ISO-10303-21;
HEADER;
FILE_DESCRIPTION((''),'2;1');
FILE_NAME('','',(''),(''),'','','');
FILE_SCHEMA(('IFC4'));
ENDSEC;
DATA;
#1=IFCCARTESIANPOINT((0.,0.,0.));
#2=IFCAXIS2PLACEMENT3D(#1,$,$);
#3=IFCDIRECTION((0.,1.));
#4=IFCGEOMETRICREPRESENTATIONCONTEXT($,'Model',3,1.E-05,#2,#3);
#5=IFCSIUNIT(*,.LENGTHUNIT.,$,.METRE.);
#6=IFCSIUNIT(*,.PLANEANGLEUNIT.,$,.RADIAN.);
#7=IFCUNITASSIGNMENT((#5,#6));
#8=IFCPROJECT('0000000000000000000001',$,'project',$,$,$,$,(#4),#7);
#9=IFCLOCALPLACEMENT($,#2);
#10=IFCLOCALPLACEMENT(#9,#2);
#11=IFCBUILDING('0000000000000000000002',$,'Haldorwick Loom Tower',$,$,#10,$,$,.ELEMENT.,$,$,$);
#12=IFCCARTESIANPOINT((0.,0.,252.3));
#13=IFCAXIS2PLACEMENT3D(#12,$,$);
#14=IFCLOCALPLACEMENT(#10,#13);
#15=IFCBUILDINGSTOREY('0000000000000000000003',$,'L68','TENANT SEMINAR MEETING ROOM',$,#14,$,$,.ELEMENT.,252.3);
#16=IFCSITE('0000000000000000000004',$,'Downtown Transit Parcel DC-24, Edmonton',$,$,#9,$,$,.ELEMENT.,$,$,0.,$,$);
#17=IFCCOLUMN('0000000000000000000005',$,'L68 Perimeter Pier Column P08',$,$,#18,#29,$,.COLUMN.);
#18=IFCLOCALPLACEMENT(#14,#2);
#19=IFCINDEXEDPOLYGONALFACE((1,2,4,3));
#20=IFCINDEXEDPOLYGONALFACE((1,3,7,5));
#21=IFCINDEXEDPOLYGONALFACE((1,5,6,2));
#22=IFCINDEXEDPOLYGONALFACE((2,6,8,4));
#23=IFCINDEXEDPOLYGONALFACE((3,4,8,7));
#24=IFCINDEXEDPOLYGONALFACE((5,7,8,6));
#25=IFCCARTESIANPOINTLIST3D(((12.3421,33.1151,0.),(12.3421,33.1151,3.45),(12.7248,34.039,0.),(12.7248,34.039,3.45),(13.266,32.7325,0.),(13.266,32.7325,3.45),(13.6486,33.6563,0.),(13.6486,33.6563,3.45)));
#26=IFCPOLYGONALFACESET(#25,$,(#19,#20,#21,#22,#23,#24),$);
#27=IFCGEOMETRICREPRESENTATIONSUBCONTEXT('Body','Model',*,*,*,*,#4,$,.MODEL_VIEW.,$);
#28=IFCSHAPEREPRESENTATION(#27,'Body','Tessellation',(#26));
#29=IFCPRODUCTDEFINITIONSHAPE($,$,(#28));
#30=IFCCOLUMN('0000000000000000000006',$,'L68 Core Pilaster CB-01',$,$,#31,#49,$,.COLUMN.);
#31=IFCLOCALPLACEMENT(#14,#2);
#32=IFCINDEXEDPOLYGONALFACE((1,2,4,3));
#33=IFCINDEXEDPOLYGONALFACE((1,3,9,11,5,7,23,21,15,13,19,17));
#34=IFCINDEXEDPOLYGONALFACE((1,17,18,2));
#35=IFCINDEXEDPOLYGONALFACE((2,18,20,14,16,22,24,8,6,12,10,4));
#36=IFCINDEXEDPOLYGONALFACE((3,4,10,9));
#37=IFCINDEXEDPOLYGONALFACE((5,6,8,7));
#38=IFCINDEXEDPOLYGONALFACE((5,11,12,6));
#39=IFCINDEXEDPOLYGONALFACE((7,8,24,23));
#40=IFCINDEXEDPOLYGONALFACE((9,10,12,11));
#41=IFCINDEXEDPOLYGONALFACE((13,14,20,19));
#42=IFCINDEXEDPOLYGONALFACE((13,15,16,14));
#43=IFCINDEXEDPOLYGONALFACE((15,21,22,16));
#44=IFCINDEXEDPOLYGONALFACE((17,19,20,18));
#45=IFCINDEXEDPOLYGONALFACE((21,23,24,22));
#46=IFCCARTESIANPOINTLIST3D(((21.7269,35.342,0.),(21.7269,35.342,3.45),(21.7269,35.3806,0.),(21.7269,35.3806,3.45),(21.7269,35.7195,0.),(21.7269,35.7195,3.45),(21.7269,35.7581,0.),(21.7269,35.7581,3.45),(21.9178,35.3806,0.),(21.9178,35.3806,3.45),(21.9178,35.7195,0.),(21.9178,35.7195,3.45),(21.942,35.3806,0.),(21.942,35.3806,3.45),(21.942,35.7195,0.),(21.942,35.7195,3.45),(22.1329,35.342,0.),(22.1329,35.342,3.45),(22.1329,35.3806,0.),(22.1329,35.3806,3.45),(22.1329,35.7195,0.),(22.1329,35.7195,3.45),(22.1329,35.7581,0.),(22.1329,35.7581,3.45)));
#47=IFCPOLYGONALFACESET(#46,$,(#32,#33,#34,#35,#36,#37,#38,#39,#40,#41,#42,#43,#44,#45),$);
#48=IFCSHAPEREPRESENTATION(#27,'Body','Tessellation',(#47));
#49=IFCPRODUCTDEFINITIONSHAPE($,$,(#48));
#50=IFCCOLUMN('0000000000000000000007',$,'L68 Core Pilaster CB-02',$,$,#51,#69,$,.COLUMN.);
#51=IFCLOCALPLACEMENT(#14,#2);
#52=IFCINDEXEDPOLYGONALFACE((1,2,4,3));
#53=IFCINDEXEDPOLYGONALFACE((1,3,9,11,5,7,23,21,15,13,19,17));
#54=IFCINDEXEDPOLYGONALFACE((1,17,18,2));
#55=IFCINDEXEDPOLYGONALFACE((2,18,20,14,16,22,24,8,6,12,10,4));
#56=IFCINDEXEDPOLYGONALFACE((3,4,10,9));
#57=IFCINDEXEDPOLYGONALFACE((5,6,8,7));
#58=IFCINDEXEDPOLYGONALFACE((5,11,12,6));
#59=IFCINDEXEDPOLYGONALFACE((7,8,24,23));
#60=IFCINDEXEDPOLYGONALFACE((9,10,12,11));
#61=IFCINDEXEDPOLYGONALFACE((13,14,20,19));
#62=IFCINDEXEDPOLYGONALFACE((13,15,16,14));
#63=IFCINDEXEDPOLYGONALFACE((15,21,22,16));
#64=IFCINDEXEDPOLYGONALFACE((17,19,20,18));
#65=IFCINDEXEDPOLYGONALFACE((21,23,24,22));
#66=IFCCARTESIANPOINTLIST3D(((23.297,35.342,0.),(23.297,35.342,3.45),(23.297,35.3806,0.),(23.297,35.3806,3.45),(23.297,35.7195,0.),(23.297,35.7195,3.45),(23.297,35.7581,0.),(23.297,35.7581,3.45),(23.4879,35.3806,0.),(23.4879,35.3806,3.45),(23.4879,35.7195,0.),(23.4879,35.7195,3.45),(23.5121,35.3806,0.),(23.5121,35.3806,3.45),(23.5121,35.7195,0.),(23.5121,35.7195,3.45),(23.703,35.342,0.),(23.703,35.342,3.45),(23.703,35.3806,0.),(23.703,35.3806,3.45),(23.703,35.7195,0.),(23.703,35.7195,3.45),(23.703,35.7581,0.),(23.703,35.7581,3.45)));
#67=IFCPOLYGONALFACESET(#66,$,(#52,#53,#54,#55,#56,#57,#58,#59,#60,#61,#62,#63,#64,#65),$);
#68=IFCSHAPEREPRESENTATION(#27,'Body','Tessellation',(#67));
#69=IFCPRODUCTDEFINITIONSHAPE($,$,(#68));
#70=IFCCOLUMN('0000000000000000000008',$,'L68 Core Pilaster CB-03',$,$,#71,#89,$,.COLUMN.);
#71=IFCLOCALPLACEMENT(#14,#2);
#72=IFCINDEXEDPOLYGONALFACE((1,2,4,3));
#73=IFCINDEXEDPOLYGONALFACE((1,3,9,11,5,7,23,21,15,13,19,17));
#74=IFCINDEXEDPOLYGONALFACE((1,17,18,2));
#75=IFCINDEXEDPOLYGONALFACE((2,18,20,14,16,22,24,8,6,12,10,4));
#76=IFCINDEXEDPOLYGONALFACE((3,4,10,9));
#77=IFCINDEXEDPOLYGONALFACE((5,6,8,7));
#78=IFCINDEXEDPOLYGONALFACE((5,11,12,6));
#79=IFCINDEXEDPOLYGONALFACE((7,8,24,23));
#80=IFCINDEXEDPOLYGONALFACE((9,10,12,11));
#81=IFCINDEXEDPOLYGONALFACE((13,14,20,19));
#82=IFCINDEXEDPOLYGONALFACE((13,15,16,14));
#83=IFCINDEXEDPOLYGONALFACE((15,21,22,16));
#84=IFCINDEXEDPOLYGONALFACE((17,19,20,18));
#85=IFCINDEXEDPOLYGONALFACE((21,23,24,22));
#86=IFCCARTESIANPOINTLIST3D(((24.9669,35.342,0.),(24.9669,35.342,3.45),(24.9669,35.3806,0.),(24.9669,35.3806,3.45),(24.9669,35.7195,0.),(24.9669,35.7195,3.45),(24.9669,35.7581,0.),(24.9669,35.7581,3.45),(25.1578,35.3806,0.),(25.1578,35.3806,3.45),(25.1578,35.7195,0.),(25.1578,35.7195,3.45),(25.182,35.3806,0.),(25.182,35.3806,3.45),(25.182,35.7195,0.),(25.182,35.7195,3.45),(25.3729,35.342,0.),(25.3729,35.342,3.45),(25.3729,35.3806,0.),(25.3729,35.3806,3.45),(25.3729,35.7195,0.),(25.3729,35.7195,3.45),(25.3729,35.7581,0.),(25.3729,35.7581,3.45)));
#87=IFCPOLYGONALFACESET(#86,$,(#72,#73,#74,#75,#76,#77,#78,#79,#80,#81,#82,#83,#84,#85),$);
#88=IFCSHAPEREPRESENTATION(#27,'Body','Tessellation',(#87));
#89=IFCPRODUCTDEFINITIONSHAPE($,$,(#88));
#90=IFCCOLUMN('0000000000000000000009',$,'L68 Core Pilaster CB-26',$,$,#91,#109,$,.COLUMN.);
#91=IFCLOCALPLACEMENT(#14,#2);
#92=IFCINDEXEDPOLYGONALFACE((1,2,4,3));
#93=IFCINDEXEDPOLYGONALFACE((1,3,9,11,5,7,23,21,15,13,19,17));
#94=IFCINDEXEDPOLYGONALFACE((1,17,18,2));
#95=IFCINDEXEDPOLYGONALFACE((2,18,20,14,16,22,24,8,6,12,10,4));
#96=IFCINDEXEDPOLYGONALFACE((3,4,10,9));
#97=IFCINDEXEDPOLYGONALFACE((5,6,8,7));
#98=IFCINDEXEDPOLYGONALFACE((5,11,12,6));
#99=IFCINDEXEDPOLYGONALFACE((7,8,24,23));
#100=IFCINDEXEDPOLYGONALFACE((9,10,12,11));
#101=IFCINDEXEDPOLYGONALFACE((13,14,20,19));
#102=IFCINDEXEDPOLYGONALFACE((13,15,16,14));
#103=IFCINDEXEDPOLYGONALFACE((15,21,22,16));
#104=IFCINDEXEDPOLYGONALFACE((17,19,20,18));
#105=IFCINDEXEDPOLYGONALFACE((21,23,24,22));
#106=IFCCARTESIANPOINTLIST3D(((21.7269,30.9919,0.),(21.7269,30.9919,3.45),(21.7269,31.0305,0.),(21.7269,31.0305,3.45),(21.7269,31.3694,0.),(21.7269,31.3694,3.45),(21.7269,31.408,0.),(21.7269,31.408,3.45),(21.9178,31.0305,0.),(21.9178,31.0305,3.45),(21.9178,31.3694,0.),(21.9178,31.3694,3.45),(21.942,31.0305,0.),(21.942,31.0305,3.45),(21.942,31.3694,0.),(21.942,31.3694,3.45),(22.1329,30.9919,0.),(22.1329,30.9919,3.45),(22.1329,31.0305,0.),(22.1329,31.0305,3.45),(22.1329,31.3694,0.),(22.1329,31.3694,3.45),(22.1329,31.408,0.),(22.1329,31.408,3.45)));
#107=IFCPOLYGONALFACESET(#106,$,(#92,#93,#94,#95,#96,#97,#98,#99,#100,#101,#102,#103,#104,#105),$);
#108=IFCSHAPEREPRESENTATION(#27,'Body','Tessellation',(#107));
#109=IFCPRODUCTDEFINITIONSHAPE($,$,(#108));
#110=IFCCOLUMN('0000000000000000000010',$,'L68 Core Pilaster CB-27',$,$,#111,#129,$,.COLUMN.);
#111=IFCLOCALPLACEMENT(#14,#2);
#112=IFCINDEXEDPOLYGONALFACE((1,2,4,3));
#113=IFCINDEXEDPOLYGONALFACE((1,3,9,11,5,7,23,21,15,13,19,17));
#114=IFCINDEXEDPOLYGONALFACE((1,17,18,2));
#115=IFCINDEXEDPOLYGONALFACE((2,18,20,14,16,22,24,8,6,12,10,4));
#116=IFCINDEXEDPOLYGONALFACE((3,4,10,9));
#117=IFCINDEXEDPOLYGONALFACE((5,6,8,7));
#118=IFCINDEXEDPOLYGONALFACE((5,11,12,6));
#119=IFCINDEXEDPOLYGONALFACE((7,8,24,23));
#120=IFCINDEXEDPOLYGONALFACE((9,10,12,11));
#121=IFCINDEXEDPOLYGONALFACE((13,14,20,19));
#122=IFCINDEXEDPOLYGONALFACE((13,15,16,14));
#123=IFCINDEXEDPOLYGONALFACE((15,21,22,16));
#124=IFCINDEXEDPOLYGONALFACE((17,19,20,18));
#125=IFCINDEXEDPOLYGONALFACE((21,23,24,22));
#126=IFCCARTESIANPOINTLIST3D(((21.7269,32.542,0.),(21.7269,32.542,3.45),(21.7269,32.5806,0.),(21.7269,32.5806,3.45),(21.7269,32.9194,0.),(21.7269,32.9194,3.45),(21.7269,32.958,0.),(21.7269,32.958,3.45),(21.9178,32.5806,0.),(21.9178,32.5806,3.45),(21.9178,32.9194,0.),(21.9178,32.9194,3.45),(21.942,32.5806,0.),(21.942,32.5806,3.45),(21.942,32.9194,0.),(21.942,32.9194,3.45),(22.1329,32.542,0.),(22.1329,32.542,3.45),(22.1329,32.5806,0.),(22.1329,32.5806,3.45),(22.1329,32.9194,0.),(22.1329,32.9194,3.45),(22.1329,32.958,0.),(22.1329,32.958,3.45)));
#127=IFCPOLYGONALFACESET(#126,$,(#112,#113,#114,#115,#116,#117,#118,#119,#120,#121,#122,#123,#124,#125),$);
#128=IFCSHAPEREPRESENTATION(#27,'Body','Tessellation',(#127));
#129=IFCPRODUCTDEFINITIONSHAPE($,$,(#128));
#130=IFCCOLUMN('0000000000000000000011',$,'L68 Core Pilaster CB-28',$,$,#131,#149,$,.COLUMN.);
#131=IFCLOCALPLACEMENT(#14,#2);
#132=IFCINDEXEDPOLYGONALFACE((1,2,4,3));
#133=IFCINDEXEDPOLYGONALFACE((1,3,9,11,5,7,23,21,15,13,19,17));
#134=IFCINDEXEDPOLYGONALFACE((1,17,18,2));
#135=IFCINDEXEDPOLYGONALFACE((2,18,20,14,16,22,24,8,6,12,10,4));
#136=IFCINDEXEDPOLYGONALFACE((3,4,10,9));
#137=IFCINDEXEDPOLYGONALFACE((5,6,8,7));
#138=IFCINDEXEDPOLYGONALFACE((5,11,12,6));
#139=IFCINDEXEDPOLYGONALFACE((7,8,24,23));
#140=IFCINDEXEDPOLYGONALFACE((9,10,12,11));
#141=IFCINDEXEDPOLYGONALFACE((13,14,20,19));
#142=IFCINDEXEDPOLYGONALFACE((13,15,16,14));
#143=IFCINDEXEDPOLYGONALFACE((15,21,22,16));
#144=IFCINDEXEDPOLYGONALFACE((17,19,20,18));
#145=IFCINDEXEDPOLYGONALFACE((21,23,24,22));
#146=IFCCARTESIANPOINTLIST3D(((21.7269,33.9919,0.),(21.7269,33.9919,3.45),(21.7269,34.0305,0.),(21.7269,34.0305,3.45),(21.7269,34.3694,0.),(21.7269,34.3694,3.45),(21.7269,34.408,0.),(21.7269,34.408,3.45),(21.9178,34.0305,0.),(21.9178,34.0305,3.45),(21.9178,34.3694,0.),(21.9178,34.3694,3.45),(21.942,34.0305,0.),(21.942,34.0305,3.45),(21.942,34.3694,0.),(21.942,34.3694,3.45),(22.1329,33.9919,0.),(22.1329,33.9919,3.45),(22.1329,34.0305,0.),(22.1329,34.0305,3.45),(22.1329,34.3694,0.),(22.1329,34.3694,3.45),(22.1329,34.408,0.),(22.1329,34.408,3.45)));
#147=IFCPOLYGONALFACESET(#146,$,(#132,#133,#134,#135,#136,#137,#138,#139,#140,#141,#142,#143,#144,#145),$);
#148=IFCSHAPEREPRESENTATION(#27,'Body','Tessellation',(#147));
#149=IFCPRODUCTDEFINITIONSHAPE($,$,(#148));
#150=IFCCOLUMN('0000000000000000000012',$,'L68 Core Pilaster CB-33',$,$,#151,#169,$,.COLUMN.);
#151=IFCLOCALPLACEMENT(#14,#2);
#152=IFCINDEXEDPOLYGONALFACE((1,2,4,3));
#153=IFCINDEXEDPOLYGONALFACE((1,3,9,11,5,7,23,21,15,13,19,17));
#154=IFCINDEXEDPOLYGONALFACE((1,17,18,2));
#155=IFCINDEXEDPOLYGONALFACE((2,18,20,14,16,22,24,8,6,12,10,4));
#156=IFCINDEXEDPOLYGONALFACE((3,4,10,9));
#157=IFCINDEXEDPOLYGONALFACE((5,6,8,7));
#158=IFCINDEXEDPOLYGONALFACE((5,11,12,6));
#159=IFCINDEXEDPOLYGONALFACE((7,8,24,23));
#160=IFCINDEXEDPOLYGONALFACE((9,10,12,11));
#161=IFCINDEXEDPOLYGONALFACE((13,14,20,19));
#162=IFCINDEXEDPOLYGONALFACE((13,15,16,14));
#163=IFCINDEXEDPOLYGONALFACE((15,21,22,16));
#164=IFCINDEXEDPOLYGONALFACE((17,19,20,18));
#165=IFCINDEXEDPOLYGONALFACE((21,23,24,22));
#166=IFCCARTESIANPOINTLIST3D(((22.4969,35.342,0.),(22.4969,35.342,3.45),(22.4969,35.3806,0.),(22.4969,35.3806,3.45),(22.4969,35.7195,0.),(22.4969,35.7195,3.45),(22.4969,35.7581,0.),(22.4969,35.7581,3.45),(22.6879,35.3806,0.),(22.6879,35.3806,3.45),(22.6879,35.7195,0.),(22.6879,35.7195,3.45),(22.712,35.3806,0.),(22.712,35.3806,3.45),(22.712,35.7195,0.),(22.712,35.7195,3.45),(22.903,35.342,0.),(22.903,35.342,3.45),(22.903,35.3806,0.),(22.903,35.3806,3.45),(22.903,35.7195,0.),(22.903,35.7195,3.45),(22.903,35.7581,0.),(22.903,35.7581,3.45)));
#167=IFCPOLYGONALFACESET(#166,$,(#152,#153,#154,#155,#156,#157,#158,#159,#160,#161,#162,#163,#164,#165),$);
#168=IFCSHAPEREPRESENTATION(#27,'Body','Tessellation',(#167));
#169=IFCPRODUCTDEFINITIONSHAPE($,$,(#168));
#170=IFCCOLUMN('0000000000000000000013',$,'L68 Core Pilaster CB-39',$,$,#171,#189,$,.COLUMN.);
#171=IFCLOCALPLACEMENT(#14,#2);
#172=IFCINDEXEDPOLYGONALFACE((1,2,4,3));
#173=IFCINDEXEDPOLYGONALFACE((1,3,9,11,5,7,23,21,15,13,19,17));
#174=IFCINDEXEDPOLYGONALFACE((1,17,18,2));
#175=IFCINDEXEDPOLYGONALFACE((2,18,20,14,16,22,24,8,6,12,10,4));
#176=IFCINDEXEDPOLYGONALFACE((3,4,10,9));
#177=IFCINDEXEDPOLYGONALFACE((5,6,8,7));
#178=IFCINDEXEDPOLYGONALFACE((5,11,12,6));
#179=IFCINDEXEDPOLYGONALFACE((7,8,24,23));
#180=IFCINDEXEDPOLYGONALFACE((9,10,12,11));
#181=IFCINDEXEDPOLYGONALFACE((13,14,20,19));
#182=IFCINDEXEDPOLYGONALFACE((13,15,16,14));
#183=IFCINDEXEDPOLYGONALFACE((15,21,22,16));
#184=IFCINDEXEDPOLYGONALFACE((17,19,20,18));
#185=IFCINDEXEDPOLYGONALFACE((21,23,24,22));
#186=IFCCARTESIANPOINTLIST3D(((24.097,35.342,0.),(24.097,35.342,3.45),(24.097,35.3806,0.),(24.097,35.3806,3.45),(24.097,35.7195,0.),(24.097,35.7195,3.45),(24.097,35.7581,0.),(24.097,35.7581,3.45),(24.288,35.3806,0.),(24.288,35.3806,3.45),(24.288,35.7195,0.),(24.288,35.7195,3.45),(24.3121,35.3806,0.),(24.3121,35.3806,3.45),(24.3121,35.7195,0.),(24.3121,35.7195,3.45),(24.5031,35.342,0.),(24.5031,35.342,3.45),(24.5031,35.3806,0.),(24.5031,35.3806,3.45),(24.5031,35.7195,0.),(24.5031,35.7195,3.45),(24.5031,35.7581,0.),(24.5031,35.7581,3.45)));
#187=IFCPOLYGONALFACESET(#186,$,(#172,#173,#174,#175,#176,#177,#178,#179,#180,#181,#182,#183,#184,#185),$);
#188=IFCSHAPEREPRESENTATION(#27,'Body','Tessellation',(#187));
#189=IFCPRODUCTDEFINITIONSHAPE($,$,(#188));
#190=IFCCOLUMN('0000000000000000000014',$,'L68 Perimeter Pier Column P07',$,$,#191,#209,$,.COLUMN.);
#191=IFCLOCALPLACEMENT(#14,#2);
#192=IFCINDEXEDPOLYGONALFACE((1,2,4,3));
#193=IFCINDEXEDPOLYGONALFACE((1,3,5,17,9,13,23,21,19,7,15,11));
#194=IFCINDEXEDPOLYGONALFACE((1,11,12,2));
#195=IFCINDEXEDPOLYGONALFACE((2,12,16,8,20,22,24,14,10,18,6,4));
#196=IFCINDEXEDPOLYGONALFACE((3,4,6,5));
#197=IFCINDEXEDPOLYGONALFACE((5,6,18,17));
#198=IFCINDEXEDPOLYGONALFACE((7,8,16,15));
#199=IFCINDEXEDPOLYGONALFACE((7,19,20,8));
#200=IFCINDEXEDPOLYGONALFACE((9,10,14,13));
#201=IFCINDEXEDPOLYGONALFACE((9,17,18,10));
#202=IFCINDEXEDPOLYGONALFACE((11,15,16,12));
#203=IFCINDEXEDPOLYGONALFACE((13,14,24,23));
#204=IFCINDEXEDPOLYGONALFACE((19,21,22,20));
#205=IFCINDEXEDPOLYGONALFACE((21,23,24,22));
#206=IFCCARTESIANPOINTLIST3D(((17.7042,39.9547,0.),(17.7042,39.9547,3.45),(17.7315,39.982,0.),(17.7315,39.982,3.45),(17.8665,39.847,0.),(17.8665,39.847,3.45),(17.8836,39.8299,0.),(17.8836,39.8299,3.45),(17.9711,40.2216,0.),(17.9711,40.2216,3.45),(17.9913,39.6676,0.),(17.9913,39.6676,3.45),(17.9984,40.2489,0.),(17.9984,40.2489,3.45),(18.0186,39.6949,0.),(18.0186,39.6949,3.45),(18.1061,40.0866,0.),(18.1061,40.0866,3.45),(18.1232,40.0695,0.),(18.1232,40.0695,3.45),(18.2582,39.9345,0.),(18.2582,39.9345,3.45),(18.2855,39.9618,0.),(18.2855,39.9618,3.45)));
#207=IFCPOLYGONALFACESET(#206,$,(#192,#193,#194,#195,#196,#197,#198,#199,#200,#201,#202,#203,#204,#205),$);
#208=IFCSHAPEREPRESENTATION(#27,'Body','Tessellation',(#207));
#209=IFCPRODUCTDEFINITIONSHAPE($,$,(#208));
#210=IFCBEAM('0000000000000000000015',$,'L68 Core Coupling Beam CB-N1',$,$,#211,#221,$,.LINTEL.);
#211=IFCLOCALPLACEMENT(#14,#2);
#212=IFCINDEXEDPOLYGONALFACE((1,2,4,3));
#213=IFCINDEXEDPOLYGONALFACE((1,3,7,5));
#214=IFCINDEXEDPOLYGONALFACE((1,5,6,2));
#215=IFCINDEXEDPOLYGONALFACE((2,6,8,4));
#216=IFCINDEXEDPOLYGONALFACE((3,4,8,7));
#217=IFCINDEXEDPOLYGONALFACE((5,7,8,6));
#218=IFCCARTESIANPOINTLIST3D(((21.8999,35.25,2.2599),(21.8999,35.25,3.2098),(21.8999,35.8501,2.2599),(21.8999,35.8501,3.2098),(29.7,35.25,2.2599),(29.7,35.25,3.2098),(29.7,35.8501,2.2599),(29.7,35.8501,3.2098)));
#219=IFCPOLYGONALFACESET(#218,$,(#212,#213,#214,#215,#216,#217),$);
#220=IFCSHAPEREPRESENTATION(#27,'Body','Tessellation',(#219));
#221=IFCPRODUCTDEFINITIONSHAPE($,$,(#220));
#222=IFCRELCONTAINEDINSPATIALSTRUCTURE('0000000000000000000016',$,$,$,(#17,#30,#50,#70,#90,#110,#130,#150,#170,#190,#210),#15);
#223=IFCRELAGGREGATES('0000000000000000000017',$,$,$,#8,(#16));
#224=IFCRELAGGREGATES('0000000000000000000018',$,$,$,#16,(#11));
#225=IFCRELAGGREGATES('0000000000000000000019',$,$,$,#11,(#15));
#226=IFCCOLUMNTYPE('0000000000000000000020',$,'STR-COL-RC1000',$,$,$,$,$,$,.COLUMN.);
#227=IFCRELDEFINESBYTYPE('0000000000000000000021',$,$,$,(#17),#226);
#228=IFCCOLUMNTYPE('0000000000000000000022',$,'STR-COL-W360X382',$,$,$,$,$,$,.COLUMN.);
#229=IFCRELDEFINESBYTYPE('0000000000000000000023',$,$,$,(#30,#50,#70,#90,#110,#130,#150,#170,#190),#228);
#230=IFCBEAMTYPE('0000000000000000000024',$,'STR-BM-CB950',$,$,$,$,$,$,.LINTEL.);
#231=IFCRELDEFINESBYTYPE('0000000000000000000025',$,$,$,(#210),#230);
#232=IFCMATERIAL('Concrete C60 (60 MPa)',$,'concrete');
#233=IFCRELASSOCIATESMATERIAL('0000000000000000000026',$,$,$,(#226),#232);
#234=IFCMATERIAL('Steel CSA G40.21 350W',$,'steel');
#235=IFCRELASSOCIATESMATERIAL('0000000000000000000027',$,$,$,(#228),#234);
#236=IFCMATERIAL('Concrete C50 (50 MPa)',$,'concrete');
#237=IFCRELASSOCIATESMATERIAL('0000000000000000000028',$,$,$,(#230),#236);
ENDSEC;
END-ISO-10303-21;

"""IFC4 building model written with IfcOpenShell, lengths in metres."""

from ifc_helpers import new_model, si_unit, direction, frame, origin, origin_2d, place, context, subcontext, project, spatial, rectangle, i_section, extrude, material, material_profile, profile_set, type_object, element, save


model = new_model("IFC4")

# Units and contexts
model_context = context("Model", 3, precision=1e-05, world=origin(), true_north=direction((0.0, 1.0)))
body_context = subcontext(model_context, "Body", "Model", "MODEL_VIEW")
ifc_project = project(units=[si_unit("LENGTHUNIT", "METRE"), si_unit("PLANEANGLEUNIT", "RADIAN")], contexts=[model_context])

# Site, building, storey
site_placement = place(None, origin())
site = spatial("IfcSite", under=ifc_project, at=site_placement, Name="Downtown Transit Parcel DC-24, Edmonton", CompositionType="ELEMENT", RefElevation=0.0)
building_placement = place(site_placement, origin())
building = spatial("IfcBuilding", under=site, at=building_placement, Name="Haldorwick Loom Tower", CompositionType="ELEMENT")
storey_placement = place(building_placement, frame((0.0, 0.0, 252.3)))
storey = spatial("IfcBuildingStorey", under=building, at=storey_placement, Name="L68", Description="TENANT SEMINAR MEETING ROOM", CompositionType="ELEMENT", Elevation=252.3)

# Columns
ifc_material_1 = material(Name="Concrete C60 (60 MPa)", Category="concrete")
ifc_material_profile_1 = material_profile(ifc_material_1, rectangle(XDim=1.0, YDim=1.0, at=origin_2d()), Name="RC1000X1000", Category="concrete")
ifc_profile_set_1 = profile_set([ifc_material_profile_1], Name="Concrete C60 (60 MPa)")
column_type_1 = type_object("IfcColumnType", Name="STR-COL-RC1000", PredefinedType="COLUMN", material=ifc_profile_set_1)
column_placement = place(storey_placement, frame((12.9954, 33.3857, 0.0), z_axis=(0.0, 0.0, 1.0), x_axis=(-0.92388, 0.382683, 0.0)))
element("IfcColumn", 1, at=column_placement, inside=storey, type_object=column_type_1, Name="L68 Perimeter Pier Column P08", PredefinedType="COLUMN", context=body_context, shape_type="SweptSolid", body=[
    extrude(rectangle(XDim=1.0, YDim=1.0, at=origin_2d()), origin(), (0.0, 0.0, 1.0), 3.45),
])
ifc_material_2 = material(Name="Steel CSA G40.21 350W", Category="steel")
ifc_material_profile_2 = material_profile(ifc_material_2, i_section(OverallWidth=0.406, OverallDepth=0.416, WebThickness=0.0242, FlangeThickness=0.0386, at=origin_2d()), Name="W360X382", Category="steel")
ifc_profile_set_2 = profile_set([ifc_material_profile_2], Name="Steel CSA G40.21 350W")
column_type_2 = type_object("IfcColumnType", Name="STR-COL-W360X382", PredefinedType="COLUMN", material=ifc_profile_set_2)
for number, where, z_axis, x_axis, name in (
    (2, (21.9299, 35.55, 0.0), (0.0, 0.0, 1.0), (1.0, 0.0, 0.0), "L68 Core Pilaster CB-01"),
    (3, (23.5, 35.55, 0.0), (0.0, 0.0, 1.0), (1.0, 0.0, 0.0), "L68 Core Pilaster CB-02"),
    (4, (25.1699, 35.55, 0.0), (0.0, 0.0, 1.0), (1.0, 0.0, 0.0), "L68 Core Pilaster CB-03"),
    (5, (21.9299, 31.2, 0.0), (0.0, 0.0, 1.0), (1.0, 0.0, 0.0), "L68 Core Pilaster CB-26"),
    (6, (21.9299, 32.75, 0.0), (0.0, 0.0, 1.0), (1.0, 0.0, 0.0), "L68 Core Pilaster CB-27"),
    (7, (21.9299, 34.2, 0.0), (0.0, 0.0, 1.0), (1.0, 0.0, 0.0), "L68 Core Pilaster CB-28"),
    (8, (22.7, 35.55, 0.0), (0.0, 0.0, 1.0), (1.0, 0.0, 0.0), "L68 Core Pilaster CB-33"),
    (9, (24.3, 35.55, 0.0), (0.0, 0.0, 1.0), (1.0, 0.0, 0.0), "L68 Core Pilaster CB-39"),
    (10, (17.9949, 39.9583, 0.0), (0.0, 0.0, 1.0), (-0.707107, 0.707107, 0.0), "L68 Perimeter Pier Column P07"),
):
    element("IfcColumn", number, at=place(storey_placement, frame(where, z_axis=z_axis, x_axis=x_axis)), inside=storey, type_object=column_type_2, Name=name, PredefinedType="COLUMN", context=body_context, shape_type="SweptSolid", body=[
        extrude(i_section(OverallWidth=0.406, OverallDepth=0.416, WebThickness=0.0242, FlangeThickness=0.0386, at=origin_2d()), origin(), (0.0, 0.0, 1.0), 3.45),
    ])

# Beam
ifc_material_3 = material(Name="Concrete C50 (50 MPa)", Category="concrete")
ifc_material_profile_3 = material_profile(ifc_material_3, rectangle(XDim=0.6001, YDim=0.95, at=origin_2d()), Name="RC600X950", Category="concrete")
ifc_profile_set_3 = profile_set([ifc_material_profile_3], Name="Concrete C50 (50 MPa)")
beam_type_1 = type_object("IfcBeamType", Name="STR-BM-CB950", PredefinedType="LINTEL", material=ifc_profile_set_3)
beam_1_placement = place(storey_placement, frame((21.8999, 35.55, 2.7349), z_axis=(1.0, 0.0, 0.0), x_axis=(0.0, 1.0, 0.0)))
element("IfcBeam", 11, at=beam_1_placement, inside=storey, type_object=beam_type_1, Name="L68 Core Coupling Beam CB-N1", PredefinedType="LINTEL", context=body_context, shape_type="SweptSolid", body=[
    extrude(rectangle(XDim=0.6001, YDim=0.95, at=origin_2d()), origin(), (0.0, 0.0, 1.0), 7.8),
])

save(model, "model.ifc")
